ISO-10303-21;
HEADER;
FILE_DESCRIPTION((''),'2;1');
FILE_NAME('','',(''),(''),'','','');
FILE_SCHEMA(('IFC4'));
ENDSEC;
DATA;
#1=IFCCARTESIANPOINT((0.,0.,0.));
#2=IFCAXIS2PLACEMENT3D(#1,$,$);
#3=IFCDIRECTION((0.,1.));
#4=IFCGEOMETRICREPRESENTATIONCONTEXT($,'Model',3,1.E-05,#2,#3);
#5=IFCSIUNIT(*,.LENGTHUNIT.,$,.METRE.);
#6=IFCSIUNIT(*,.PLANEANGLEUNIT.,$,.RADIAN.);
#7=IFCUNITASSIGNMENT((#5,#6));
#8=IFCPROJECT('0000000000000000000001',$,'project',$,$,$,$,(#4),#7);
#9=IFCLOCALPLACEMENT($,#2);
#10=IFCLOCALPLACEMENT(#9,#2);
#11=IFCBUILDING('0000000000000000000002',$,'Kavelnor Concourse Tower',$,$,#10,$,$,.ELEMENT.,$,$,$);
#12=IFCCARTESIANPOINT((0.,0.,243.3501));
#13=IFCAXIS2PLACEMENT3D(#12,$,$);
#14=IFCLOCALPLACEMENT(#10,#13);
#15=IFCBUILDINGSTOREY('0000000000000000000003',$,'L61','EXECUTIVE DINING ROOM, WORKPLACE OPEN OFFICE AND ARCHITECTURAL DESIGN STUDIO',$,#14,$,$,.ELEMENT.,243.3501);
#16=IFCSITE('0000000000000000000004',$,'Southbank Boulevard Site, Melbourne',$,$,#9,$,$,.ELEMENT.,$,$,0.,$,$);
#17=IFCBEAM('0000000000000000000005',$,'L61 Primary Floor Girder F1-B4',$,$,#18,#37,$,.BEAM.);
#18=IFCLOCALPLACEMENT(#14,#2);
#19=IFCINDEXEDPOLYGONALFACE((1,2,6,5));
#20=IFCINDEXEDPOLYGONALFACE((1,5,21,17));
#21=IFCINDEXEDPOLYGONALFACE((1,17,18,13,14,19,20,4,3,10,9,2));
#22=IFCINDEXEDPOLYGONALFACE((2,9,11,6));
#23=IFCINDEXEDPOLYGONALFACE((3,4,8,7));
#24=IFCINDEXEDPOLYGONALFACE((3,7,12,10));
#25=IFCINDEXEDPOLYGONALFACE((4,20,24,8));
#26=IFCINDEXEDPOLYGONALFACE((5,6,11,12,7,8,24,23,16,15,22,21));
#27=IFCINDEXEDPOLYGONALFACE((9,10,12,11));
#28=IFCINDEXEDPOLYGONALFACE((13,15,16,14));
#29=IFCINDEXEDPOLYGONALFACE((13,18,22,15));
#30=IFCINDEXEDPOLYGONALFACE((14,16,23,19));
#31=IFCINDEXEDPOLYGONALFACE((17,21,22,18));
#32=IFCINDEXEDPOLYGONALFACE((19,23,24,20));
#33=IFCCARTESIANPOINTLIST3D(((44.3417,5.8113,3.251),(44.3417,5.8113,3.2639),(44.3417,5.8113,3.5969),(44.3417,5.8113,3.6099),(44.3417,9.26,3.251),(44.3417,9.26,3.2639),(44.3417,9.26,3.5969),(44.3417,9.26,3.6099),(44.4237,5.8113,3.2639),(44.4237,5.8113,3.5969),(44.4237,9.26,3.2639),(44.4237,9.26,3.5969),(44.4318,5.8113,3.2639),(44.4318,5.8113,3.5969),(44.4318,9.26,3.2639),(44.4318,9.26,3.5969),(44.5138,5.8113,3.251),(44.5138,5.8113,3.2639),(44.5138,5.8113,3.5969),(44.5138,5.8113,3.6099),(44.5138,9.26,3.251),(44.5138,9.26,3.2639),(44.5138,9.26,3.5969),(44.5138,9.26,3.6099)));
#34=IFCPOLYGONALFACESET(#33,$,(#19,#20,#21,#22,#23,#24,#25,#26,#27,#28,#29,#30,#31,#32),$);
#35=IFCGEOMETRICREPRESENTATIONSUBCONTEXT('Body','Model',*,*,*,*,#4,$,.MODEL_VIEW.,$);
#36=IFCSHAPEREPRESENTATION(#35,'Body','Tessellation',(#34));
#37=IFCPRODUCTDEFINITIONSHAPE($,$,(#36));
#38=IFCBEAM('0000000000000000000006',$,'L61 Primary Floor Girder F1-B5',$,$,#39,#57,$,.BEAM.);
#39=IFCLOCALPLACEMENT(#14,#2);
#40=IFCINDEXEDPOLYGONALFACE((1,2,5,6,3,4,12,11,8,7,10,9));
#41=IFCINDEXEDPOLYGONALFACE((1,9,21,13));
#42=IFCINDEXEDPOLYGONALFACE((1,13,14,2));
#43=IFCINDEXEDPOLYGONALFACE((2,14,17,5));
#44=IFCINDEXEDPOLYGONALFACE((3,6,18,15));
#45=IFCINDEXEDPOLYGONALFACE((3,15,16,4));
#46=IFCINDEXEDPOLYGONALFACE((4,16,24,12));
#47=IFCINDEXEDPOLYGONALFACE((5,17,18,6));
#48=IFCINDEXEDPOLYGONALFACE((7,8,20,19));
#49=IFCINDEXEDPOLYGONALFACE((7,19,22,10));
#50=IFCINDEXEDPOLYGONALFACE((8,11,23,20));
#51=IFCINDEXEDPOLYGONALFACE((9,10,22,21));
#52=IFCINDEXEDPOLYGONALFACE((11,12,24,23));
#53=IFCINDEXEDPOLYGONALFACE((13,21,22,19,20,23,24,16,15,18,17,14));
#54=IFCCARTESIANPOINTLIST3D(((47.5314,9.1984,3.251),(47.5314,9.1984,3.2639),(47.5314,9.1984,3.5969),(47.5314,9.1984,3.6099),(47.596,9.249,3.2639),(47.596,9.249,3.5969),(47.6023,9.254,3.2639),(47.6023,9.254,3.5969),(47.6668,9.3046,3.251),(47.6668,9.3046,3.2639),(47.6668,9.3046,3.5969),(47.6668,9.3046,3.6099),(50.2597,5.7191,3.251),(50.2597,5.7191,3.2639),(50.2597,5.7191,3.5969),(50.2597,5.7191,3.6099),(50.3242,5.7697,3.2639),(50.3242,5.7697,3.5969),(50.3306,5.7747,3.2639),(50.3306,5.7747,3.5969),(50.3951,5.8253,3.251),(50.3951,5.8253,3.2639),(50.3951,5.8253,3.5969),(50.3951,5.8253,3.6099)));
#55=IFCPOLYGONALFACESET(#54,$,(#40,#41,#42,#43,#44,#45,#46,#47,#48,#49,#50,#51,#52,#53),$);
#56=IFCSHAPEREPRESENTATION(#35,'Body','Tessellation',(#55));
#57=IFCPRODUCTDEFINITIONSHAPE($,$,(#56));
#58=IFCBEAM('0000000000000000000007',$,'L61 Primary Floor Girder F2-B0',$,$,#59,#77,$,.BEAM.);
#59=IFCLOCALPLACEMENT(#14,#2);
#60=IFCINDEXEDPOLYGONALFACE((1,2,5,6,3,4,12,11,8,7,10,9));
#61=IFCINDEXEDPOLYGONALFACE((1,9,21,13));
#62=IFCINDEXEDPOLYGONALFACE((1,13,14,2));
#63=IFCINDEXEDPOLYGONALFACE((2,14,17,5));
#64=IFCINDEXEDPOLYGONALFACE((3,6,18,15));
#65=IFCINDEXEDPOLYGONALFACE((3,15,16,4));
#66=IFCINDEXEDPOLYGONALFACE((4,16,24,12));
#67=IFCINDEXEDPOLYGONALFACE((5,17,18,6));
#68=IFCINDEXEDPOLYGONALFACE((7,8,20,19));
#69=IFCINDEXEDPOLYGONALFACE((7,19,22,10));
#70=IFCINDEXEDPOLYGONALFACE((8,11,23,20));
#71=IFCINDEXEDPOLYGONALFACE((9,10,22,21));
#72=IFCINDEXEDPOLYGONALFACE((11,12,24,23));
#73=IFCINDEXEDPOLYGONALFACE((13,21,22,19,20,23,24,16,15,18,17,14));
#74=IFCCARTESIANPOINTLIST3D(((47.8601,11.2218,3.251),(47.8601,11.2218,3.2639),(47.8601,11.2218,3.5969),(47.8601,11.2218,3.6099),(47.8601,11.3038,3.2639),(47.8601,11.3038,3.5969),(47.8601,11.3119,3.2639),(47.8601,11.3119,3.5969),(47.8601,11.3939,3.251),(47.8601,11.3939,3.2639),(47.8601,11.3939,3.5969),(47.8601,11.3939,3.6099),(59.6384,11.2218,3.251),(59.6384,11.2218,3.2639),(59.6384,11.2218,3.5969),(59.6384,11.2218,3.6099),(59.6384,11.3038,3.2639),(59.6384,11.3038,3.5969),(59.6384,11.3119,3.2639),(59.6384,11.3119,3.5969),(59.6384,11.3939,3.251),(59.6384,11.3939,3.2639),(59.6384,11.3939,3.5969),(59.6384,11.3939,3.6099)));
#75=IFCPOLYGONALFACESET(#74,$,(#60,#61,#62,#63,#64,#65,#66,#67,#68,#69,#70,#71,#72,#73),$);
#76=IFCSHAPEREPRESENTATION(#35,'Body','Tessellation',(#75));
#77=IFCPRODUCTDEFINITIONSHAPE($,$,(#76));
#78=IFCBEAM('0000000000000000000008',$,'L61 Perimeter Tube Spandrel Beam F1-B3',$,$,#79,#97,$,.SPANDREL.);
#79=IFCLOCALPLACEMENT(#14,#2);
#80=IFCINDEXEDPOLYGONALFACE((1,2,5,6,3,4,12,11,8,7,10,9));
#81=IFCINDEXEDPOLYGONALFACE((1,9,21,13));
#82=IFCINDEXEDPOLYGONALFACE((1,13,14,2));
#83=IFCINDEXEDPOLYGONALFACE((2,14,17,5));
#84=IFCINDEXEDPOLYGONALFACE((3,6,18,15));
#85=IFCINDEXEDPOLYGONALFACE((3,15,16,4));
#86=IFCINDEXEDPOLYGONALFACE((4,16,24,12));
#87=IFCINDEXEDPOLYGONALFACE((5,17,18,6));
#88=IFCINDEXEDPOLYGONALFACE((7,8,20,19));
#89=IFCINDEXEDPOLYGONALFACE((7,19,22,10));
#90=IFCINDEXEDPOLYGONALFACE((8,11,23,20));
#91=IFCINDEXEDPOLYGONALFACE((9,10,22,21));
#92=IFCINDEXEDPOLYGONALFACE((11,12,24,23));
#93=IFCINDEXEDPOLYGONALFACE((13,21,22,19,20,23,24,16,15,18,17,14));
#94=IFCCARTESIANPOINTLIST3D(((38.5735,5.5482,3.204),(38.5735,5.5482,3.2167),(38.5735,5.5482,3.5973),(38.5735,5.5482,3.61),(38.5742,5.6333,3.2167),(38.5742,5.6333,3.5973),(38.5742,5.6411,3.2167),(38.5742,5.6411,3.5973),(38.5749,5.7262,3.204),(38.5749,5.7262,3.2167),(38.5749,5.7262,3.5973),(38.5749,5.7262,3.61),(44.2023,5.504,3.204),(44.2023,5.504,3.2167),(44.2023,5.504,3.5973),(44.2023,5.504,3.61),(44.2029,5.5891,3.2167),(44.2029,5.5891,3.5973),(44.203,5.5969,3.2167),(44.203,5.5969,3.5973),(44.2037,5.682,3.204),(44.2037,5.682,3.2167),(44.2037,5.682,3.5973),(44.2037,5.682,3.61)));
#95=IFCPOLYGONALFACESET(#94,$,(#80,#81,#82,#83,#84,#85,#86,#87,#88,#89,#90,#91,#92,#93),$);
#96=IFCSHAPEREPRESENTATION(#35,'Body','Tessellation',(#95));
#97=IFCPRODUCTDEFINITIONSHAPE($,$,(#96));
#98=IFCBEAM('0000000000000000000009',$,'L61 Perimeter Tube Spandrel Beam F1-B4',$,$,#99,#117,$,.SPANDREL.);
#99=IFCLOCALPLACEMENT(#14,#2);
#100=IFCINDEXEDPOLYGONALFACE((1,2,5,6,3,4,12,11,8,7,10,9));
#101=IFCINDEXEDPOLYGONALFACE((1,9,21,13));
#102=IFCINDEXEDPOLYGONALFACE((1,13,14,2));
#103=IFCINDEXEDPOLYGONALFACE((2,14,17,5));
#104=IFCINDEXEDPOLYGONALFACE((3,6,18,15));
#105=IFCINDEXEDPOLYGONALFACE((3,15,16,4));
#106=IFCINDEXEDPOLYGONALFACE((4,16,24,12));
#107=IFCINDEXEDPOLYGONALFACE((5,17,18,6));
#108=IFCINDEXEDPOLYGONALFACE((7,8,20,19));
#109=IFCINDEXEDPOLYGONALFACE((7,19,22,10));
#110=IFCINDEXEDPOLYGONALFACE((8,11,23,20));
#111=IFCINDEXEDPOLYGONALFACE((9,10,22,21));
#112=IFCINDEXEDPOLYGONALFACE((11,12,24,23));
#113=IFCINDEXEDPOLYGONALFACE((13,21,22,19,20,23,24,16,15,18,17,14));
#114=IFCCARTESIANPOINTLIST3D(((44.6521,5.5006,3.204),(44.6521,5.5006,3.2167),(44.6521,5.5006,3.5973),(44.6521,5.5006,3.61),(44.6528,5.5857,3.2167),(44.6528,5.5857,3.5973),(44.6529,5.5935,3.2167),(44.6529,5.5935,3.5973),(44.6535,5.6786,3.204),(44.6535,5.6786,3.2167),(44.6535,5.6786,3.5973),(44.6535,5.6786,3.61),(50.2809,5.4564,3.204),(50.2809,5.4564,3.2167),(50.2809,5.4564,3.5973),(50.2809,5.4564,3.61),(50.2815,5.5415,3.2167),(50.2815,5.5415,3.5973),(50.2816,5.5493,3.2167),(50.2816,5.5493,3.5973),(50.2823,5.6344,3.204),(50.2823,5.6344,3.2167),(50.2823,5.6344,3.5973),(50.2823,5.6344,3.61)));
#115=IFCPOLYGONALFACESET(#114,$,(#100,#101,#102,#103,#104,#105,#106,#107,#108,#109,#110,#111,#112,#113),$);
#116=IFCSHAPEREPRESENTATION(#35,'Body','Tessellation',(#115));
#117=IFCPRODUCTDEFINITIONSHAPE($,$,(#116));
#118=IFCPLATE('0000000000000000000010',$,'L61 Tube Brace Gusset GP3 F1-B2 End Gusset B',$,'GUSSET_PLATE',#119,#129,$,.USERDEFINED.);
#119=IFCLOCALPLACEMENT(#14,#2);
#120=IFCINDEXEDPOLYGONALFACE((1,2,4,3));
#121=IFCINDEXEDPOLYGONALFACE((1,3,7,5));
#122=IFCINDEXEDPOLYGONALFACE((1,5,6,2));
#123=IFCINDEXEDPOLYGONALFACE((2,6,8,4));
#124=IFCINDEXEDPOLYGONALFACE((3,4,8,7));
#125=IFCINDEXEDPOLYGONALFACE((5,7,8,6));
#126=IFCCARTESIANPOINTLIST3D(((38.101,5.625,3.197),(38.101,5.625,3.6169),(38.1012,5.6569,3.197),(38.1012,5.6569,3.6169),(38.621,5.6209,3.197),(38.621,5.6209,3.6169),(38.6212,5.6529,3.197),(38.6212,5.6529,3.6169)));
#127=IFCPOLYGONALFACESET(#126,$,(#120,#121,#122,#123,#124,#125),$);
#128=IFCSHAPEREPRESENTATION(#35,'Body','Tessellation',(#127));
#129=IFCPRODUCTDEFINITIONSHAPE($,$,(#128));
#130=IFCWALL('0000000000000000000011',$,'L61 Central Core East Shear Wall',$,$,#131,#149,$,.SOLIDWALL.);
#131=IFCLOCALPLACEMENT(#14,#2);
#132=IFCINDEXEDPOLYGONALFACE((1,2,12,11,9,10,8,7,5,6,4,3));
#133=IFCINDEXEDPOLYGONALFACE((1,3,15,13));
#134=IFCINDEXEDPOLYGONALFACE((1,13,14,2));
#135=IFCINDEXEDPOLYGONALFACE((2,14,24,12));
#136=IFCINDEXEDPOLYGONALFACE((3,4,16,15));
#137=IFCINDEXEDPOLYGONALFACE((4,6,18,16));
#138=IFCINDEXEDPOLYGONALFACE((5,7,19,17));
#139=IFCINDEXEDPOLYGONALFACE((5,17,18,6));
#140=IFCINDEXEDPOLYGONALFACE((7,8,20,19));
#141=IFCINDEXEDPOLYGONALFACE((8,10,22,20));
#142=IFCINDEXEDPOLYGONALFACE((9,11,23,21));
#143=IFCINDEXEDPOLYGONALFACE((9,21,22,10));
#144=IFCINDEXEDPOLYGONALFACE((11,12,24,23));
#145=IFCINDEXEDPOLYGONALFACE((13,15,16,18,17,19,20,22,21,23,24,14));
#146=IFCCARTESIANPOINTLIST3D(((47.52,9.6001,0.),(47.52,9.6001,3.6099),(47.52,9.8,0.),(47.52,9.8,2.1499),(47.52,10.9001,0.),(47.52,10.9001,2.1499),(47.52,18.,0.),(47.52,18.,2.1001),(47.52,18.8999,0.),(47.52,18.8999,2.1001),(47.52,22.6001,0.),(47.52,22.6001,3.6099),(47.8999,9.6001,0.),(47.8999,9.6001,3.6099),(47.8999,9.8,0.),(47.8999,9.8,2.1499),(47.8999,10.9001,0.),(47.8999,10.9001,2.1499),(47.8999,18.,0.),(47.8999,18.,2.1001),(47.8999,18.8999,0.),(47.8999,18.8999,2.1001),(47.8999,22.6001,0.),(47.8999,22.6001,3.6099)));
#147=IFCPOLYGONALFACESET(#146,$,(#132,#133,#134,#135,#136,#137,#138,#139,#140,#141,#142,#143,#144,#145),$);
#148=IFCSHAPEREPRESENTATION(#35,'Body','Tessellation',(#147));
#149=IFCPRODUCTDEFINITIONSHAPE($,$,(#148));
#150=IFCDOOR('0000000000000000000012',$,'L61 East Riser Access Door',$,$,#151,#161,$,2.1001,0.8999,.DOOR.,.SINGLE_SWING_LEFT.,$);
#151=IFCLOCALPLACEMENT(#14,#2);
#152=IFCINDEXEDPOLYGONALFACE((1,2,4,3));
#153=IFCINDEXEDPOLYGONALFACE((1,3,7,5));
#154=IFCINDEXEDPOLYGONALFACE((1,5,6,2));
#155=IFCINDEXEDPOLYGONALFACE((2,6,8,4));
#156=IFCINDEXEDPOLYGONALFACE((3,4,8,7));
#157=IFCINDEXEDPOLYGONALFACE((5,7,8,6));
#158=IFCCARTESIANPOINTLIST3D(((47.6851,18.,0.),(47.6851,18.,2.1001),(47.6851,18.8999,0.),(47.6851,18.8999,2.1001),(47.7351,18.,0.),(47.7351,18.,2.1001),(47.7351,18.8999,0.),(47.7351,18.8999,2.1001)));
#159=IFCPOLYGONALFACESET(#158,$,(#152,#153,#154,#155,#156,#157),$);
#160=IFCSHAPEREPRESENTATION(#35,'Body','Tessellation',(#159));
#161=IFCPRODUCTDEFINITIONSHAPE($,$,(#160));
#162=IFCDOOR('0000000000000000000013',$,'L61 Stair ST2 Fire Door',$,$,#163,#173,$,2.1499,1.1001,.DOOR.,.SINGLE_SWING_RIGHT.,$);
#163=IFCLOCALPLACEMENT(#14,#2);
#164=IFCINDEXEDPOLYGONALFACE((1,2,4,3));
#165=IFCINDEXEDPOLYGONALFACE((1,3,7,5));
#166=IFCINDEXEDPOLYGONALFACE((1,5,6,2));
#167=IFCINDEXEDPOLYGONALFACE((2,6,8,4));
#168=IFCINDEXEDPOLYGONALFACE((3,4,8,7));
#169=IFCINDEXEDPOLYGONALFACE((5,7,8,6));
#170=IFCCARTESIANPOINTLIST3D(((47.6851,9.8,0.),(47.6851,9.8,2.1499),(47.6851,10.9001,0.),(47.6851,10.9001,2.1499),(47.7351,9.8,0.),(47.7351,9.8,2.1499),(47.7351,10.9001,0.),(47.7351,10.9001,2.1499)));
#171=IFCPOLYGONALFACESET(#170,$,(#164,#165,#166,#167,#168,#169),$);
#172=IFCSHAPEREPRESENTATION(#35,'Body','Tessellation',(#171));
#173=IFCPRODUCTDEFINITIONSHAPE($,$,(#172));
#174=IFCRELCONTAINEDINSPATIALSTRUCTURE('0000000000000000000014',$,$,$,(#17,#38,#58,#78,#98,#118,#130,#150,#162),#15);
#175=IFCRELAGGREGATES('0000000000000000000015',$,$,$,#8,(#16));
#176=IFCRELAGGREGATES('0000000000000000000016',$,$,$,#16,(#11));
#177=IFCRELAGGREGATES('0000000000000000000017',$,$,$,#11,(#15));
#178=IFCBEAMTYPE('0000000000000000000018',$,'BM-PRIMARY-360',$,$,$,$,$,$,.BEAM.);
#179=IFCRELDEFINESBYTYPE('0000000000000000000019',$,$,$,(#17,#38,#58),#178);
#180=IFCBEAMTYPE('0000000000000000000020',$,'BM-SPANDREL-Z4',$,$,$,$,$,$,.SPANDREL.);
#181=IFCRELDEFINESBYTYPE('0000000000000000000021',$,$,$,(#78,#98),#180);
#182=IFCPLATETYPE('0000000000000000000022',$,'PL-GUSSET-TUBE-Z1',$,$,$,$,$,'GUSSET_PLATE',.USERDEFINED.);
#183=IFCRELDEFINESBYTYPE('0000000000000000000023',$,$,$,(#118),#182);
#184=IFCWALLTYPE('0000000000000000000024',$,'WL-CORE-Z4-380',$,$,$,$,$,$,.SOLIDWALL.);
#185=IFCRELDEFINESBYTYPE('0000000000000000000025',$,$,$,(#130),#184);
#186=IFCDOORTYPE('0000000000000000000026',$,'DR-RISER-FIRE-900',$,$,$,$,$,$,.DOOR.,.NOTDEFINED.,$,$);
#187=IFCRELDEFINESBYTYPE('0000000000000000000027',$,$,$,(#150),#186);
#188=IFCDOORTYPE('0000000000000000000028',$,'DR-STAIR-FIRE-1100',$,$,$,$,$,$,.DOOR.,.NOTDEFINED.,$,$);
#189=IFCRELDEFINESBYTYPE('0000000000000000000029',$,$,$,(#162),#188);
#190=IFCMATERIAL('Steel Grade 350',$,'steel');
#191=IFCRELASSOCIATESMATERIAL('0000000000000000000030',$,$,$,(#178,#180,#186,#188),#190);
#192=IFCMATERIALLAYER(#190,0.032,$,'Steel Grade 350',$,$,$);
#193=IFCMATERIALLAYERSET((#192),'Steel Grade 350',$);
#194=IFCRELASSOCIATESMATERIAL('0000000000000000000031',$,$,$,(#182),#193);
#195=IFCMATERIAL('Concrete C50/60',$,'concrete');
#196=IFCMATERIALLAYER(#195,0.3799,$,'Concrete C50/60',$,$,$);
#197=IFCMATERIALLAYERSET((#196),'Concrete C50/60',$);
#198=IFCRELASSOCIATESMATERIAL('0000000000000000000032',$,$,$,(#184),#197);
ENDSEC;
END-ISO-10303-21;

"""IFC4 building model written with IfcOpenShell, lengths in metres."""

from ifc_helpers import new_model, si_unit, direction, frame, frame_2d, origin, origin_2d, place, context, subcontext, project, spatial, rectangle, i_section, extrude, material, layer, layer_set, material_profile, profile_set, type_object, element, fill, save


model = new_model("IFC4")

# Units and contexts
model_context = context("Model", 3, precision=1e-05, world=origin(), true_north=direction((0.0, 1.0)))
body_context = subcontext(model_context, "Body", "Model", "MODEL_VIEW")
ifc_project = project(units=[si_unit("LENGTHUNIT", "METRE"), si_unit("PLANEANGLEUNIT", "RADIAN")], contexts=[model_context])

# Site, building, storey
site_placement = place(None, origin())
site = spatial("IfcSite", under=ifc_project, at=site_placement, Name="Southbank Boulevard Site, Melbourne", CompositionType="ELEMENT", RefElevation=0.0)
building_placement = place(site_placement, origin())
building = spatial("IfcBuilding", under=site, at=building_placement, Name="Kavelnor Concourse Tower", CompositionType="ELEMENT")
storey_placement = place(building_placement, frame((0.0, 0.0, 243.3501)))
storey = spatial("IfcBuildingStorey", under=building, at=storey_placement, Name="L61", Description="EXECUTIVE DINING ROOM, WORKPLACE OPEN OFFICE AND ARCHITECTURAL DESIGN STUDIO", CompositionType="ELEMENT", Elevation=243.3501)

# Shared definitions
ifc_material_1 = material(Name="Steel Grade 350", Category="steel")

# Beams
ifc_material_profile_1 = material_profile(ifc_material_1, i_section(OverallWidth=0.1721, OverallDepth=0.3589, WebThickness=0.0081, FlangeThickness=0.0129, at=origin_2d()), Name="360UB56")
ifc_profile_set_1 = profile_set([ifc_material_profile_1], Name="Steel Grade 350")
beam_type_1 = type_object("IfcBeamType", Name="BM-PRIMARY-360", PredefinedType="BEAM", material=ifc_profile_set_1)
beam_1_placement = place(storey_placement, frame((44.4277, 9.26, 3.4304), z_axis=(0.0, -1.0, 0.0), x_axis=(1.0, 0.0, 0.0)))
element("IfcBeam", 1, at=beam_1_placement, inside=storey, type_object=beam_type_1, Name="L61 Primary Floor Girder F1-B4", PredefinedType="BEAM", context=body_context, shape_type="SweptSolid", body=[
    extrude(i_section(OverallWidth=0.1721, OverallDepth=0.3589, WebThickness=0.0081, FlangeThickness=0.0129, at=origin_2d()), origin(), (0.0, 0.0, 1.0), 3.4487),
])
beam_2_placement = place(storey_placement, frame((47.5991, 9.2515, 3.4304), z_axis=(0.617063, -0.786914, 0.0), x_axis=(0.786914, 0.617063, 0.0)))
element("IfcBeam", 2, at=beam_2_placement, inside=storey, type_object=beam_type_1, Name="L61 Primary Floor Girder F1-B5", PredefinedType="BEAM", context=body_context, shape_type="SweptSolid", body=[
    extrude(i_section(OverallWidth=0.1721, OverallDepth=0.3589, WebThickness=0.0081, FlangeThickness=0.0129, at=origin_2d()), origin(), (0.0, 0.0, 1.0), 4.4214),
])
beam_3_placement = place(storey_placement, frame((47.8601, 11.3079, 3.4304), z_axis=(1.0, 0.0, 0.0), x_axis=(0.0, 1.0, 0.0)))
element("IfcBeam", 3, at=beam_3_placement, inside=storey, type_object=beam_type_1, Name="L61 Primary Floor Girder F2-B0", PredefinedType="BEAM", context=body_context, shape_type="SweptSolid", body=[
    extrude(i_section(OverallWidth=0.1721, OverallDepth=0.3589, WebThickness=0.0081, FlangeThickness=0.0129, at=origin_2d()), origin(), (0.0, 0.0, 1.0), 11.7783),
])
ifc_material_profile_2 = material_profile(ifc_material_1, i_section(OverallWidth=0.178, OverallDepth=0.406, WebThickness=0.0078, FlangeThickness=0.0127, at=origin_2d()), Name="410UB59")
ifc_profile_set_2 = profile_set([ifc_material_profile_2], Name="Steel Grade 350")
beam_type_2 = type_object("IfcBeamType", Name="BM-SPANDREL-Z4", PredefinedType="SPANDREL", material=ifc_profile_set_2)
for number, where, z_axis, x_axis, name in (
    (4, (38.5742, 5.6372, 3.407), (0.999969, -0.007851, 0.0), (0.007851, 0.999969, 0.0), "L61 Perimeter Tube Spandrel Beam F1-B3"),
    (5, (44.6528, 5.5896, 3.407), (0.999969, -0.007851, 0.0), (0.007851, 0.999969, 0.0), "L61 Perimeter Tube Spandrel Beam F1-B4"),
):
    element("IfcBeam", number, at=place(storey_placement, frame(where, z_axis=z_axis, x_axis=x_axis)), inside=storey, type_object=beam_type_2, Name=name, PredefinedType="SPANDREL", context=body_context, shape_type="SweptSolid", body=[
        extrude(i_section(OverallWidth=0.178, OverallDepth=0.406, WebThickness=0.0078, FlangeThickness=0.0127, at=origin_2d()), origin(), (0.0, 0.0, 1.0), 5.6289),
    ])

# Plate
ifc_layer_1 = layer(ifc_material_1, 0.032, Name="Steel Grade 350")
ifc_layer_set_1 = layer_set([ifc_layer_1], Name="Steel Grade 350")
plate_type = type_object("IfcPlateType", Name="PL-GUSSET-TUBE-Z1", ElementType="GUSSET_PLATE", PredefinedType="USERDEFINED", material=ifc_layer_set_1)
plate_placement = place(storey_placement, frame((38.3611, 5.6389, 3.197), z_axis=(0.0, 0.0, 1.0), x_axis=(0.999969, -0.007854, 0.0)))
element("IfcPlate", 6, at=plate_placement, inside=storey, type_object=plate_type, Name="L61 Tube Brace Gusset GP3 F1-B2 End Gusset B", ObjectType="GUSSET_PLATE", PredefinedType="USERDEFINED", context=body_context, shape_type="SweptSolid", body=[
    extrude(rectangle(XDim=0.52, YDim=0.032, at=origin_2d()), origin(), (0.0, 0.0, 1.0), 0.4199),
])

# Wall, openings, doors
ifc_material_2 = material(Name="Concrete C50/60", Category="concrete")
ifc_layer_2 = layer(ifc_material_2, 0.3799, Name="Concrete C50/60")
ifc_layer_set_2 = layer_set([ifc_layer_2], Name="Concrete C50/60")
wall_type_1 = type_object("IfcWallType", Name="WL-CORE-Z4-380", PredefinedType="SOLIDWALL", material=ifc_layer_set_2)
wall_1_placement = place(storey_placement, frame((47.71, 9.6001, 0.0), z_axis=(0.0, 0.0, 1.0), x_axis=(0.0, 1.0, 0.0)))
wall_1 = element("IfcWall", 7, at=wall_1_placement, inside=storey, type_object=wall_type_1, Name="L61 Central Core East Shear Wall", PredefinedType="SOLIDWALL", context=body_context, shape_type="SweptSolid", body=[
    extrude(rectangle(XDim=13.0, YDim=0.3799, at=frame_2d((6.5, 0.0))), origin(), (0.0, 0.0, 1.0), 3.6099),
])
opening_1_placement = place(wall_1_placement, frame((0.2, 0.0, 0.0)))
opening_1 = element("IfcOpeningElement", 8, at=opening_1_placement, cuts=wall_1, PredefinedType="OPENING", context=body_context, shape_type="SweptSolid", body=[
    extrude(rectangle(XDim=1.1001, YDim=2.1499, at=frame_2d((0.55, 1.075))), frame((0.0, 0.2, 0.0), z_axis=(0.0, -1.0, 0.0), x_axis=(1.0, 0.0, 0.0)), (0.0, 0.0, 1.0), 0.3999),
])
opening_2_placement = place(wall_1_placement, frame((8.3999, 0.0, 0.0)))
opening_2 = element("IfcOpeningElement", 9, at=opening_2_placement, cuts=wall_1, PredefinedType="OPENING", context=body_context, shape_type="SweptSolid", body=[
    extrude(rectangle(XDim=0.8999, YDim=2.1001, at=frame_2d((0.45, 1.05))), frame((0.0, 0.2, 0.0), z_axis=(0.0, -1.0, 0.0), x_axis=(1.0, 0.0, 0.0)), (0.0, 0.0, 1.0), 0.3999),
])
door_type_1 = type_object("IfcDoorType", Name="DR-RISER-FIRE-900", OperationType="NOTDEFINED", PredefinedType="DOOR", material=ifc_material_1)
door_1_placement = place(opening_2_placement, origin())
door_1 = element("IfcDoor", 10, at=door_1_placement, inside=storey, type_object=door_type_1, Name="L61 East Riser Access Door", OperationType="SINGLE_SWING_LEFT", OverallHeight=2.1001, OverallWidth=0.8999, PredefinedType="DOOR", context=body_context, shape_type="SweptSolid", body=[
    extrude(rectangle(XDim=0.8999, YDim=2.1001, at=frame_2d((0.45, 1.05))), frame((0.0, 0.0249, 0.0), z_axis=(0.0, -1.0, 0.0), x_axis=(1.0, 0.0, 0.0)), (0.0, 0.0, 1.0), 0.05),
])
fill(opening_2, door_1)
door_type_2 = type_object("IfcDoorType", Name="DR-STAIR-FIRE-1100", OperationType="NOTDEFINED", PredefinedType="DOOR", material=ifc_material_1)
door_2_placement = place(opening_1_placement, origin())
door_2 = element("IfcDoor", 11, at=door_2_placement, inside=storey, type_object=door_type_2, Name="L61 Stair ST2 Fire Door", OperationType="SINGLE_SWING_RIGHT", OverallHeight=2.1499, OverallWidth=1.1001, PredefinedType="DOOR", context=body_context, shape_type="SweptSolid", body=[
    extrude(rectangle(XDim=1.1001, YDim=2.1499, at=frame_2d((0.55, 1.075))), frame((0.0, 0.0249, 0.0), z_axis=(0.0, -1.0, 0.0), x_axis=(1.0, 0.0, 0.0)), (0.0, 0.0, 1.0), 0.05),
])
fill(opening_1, door_2)

save(model, "model.ifc")
